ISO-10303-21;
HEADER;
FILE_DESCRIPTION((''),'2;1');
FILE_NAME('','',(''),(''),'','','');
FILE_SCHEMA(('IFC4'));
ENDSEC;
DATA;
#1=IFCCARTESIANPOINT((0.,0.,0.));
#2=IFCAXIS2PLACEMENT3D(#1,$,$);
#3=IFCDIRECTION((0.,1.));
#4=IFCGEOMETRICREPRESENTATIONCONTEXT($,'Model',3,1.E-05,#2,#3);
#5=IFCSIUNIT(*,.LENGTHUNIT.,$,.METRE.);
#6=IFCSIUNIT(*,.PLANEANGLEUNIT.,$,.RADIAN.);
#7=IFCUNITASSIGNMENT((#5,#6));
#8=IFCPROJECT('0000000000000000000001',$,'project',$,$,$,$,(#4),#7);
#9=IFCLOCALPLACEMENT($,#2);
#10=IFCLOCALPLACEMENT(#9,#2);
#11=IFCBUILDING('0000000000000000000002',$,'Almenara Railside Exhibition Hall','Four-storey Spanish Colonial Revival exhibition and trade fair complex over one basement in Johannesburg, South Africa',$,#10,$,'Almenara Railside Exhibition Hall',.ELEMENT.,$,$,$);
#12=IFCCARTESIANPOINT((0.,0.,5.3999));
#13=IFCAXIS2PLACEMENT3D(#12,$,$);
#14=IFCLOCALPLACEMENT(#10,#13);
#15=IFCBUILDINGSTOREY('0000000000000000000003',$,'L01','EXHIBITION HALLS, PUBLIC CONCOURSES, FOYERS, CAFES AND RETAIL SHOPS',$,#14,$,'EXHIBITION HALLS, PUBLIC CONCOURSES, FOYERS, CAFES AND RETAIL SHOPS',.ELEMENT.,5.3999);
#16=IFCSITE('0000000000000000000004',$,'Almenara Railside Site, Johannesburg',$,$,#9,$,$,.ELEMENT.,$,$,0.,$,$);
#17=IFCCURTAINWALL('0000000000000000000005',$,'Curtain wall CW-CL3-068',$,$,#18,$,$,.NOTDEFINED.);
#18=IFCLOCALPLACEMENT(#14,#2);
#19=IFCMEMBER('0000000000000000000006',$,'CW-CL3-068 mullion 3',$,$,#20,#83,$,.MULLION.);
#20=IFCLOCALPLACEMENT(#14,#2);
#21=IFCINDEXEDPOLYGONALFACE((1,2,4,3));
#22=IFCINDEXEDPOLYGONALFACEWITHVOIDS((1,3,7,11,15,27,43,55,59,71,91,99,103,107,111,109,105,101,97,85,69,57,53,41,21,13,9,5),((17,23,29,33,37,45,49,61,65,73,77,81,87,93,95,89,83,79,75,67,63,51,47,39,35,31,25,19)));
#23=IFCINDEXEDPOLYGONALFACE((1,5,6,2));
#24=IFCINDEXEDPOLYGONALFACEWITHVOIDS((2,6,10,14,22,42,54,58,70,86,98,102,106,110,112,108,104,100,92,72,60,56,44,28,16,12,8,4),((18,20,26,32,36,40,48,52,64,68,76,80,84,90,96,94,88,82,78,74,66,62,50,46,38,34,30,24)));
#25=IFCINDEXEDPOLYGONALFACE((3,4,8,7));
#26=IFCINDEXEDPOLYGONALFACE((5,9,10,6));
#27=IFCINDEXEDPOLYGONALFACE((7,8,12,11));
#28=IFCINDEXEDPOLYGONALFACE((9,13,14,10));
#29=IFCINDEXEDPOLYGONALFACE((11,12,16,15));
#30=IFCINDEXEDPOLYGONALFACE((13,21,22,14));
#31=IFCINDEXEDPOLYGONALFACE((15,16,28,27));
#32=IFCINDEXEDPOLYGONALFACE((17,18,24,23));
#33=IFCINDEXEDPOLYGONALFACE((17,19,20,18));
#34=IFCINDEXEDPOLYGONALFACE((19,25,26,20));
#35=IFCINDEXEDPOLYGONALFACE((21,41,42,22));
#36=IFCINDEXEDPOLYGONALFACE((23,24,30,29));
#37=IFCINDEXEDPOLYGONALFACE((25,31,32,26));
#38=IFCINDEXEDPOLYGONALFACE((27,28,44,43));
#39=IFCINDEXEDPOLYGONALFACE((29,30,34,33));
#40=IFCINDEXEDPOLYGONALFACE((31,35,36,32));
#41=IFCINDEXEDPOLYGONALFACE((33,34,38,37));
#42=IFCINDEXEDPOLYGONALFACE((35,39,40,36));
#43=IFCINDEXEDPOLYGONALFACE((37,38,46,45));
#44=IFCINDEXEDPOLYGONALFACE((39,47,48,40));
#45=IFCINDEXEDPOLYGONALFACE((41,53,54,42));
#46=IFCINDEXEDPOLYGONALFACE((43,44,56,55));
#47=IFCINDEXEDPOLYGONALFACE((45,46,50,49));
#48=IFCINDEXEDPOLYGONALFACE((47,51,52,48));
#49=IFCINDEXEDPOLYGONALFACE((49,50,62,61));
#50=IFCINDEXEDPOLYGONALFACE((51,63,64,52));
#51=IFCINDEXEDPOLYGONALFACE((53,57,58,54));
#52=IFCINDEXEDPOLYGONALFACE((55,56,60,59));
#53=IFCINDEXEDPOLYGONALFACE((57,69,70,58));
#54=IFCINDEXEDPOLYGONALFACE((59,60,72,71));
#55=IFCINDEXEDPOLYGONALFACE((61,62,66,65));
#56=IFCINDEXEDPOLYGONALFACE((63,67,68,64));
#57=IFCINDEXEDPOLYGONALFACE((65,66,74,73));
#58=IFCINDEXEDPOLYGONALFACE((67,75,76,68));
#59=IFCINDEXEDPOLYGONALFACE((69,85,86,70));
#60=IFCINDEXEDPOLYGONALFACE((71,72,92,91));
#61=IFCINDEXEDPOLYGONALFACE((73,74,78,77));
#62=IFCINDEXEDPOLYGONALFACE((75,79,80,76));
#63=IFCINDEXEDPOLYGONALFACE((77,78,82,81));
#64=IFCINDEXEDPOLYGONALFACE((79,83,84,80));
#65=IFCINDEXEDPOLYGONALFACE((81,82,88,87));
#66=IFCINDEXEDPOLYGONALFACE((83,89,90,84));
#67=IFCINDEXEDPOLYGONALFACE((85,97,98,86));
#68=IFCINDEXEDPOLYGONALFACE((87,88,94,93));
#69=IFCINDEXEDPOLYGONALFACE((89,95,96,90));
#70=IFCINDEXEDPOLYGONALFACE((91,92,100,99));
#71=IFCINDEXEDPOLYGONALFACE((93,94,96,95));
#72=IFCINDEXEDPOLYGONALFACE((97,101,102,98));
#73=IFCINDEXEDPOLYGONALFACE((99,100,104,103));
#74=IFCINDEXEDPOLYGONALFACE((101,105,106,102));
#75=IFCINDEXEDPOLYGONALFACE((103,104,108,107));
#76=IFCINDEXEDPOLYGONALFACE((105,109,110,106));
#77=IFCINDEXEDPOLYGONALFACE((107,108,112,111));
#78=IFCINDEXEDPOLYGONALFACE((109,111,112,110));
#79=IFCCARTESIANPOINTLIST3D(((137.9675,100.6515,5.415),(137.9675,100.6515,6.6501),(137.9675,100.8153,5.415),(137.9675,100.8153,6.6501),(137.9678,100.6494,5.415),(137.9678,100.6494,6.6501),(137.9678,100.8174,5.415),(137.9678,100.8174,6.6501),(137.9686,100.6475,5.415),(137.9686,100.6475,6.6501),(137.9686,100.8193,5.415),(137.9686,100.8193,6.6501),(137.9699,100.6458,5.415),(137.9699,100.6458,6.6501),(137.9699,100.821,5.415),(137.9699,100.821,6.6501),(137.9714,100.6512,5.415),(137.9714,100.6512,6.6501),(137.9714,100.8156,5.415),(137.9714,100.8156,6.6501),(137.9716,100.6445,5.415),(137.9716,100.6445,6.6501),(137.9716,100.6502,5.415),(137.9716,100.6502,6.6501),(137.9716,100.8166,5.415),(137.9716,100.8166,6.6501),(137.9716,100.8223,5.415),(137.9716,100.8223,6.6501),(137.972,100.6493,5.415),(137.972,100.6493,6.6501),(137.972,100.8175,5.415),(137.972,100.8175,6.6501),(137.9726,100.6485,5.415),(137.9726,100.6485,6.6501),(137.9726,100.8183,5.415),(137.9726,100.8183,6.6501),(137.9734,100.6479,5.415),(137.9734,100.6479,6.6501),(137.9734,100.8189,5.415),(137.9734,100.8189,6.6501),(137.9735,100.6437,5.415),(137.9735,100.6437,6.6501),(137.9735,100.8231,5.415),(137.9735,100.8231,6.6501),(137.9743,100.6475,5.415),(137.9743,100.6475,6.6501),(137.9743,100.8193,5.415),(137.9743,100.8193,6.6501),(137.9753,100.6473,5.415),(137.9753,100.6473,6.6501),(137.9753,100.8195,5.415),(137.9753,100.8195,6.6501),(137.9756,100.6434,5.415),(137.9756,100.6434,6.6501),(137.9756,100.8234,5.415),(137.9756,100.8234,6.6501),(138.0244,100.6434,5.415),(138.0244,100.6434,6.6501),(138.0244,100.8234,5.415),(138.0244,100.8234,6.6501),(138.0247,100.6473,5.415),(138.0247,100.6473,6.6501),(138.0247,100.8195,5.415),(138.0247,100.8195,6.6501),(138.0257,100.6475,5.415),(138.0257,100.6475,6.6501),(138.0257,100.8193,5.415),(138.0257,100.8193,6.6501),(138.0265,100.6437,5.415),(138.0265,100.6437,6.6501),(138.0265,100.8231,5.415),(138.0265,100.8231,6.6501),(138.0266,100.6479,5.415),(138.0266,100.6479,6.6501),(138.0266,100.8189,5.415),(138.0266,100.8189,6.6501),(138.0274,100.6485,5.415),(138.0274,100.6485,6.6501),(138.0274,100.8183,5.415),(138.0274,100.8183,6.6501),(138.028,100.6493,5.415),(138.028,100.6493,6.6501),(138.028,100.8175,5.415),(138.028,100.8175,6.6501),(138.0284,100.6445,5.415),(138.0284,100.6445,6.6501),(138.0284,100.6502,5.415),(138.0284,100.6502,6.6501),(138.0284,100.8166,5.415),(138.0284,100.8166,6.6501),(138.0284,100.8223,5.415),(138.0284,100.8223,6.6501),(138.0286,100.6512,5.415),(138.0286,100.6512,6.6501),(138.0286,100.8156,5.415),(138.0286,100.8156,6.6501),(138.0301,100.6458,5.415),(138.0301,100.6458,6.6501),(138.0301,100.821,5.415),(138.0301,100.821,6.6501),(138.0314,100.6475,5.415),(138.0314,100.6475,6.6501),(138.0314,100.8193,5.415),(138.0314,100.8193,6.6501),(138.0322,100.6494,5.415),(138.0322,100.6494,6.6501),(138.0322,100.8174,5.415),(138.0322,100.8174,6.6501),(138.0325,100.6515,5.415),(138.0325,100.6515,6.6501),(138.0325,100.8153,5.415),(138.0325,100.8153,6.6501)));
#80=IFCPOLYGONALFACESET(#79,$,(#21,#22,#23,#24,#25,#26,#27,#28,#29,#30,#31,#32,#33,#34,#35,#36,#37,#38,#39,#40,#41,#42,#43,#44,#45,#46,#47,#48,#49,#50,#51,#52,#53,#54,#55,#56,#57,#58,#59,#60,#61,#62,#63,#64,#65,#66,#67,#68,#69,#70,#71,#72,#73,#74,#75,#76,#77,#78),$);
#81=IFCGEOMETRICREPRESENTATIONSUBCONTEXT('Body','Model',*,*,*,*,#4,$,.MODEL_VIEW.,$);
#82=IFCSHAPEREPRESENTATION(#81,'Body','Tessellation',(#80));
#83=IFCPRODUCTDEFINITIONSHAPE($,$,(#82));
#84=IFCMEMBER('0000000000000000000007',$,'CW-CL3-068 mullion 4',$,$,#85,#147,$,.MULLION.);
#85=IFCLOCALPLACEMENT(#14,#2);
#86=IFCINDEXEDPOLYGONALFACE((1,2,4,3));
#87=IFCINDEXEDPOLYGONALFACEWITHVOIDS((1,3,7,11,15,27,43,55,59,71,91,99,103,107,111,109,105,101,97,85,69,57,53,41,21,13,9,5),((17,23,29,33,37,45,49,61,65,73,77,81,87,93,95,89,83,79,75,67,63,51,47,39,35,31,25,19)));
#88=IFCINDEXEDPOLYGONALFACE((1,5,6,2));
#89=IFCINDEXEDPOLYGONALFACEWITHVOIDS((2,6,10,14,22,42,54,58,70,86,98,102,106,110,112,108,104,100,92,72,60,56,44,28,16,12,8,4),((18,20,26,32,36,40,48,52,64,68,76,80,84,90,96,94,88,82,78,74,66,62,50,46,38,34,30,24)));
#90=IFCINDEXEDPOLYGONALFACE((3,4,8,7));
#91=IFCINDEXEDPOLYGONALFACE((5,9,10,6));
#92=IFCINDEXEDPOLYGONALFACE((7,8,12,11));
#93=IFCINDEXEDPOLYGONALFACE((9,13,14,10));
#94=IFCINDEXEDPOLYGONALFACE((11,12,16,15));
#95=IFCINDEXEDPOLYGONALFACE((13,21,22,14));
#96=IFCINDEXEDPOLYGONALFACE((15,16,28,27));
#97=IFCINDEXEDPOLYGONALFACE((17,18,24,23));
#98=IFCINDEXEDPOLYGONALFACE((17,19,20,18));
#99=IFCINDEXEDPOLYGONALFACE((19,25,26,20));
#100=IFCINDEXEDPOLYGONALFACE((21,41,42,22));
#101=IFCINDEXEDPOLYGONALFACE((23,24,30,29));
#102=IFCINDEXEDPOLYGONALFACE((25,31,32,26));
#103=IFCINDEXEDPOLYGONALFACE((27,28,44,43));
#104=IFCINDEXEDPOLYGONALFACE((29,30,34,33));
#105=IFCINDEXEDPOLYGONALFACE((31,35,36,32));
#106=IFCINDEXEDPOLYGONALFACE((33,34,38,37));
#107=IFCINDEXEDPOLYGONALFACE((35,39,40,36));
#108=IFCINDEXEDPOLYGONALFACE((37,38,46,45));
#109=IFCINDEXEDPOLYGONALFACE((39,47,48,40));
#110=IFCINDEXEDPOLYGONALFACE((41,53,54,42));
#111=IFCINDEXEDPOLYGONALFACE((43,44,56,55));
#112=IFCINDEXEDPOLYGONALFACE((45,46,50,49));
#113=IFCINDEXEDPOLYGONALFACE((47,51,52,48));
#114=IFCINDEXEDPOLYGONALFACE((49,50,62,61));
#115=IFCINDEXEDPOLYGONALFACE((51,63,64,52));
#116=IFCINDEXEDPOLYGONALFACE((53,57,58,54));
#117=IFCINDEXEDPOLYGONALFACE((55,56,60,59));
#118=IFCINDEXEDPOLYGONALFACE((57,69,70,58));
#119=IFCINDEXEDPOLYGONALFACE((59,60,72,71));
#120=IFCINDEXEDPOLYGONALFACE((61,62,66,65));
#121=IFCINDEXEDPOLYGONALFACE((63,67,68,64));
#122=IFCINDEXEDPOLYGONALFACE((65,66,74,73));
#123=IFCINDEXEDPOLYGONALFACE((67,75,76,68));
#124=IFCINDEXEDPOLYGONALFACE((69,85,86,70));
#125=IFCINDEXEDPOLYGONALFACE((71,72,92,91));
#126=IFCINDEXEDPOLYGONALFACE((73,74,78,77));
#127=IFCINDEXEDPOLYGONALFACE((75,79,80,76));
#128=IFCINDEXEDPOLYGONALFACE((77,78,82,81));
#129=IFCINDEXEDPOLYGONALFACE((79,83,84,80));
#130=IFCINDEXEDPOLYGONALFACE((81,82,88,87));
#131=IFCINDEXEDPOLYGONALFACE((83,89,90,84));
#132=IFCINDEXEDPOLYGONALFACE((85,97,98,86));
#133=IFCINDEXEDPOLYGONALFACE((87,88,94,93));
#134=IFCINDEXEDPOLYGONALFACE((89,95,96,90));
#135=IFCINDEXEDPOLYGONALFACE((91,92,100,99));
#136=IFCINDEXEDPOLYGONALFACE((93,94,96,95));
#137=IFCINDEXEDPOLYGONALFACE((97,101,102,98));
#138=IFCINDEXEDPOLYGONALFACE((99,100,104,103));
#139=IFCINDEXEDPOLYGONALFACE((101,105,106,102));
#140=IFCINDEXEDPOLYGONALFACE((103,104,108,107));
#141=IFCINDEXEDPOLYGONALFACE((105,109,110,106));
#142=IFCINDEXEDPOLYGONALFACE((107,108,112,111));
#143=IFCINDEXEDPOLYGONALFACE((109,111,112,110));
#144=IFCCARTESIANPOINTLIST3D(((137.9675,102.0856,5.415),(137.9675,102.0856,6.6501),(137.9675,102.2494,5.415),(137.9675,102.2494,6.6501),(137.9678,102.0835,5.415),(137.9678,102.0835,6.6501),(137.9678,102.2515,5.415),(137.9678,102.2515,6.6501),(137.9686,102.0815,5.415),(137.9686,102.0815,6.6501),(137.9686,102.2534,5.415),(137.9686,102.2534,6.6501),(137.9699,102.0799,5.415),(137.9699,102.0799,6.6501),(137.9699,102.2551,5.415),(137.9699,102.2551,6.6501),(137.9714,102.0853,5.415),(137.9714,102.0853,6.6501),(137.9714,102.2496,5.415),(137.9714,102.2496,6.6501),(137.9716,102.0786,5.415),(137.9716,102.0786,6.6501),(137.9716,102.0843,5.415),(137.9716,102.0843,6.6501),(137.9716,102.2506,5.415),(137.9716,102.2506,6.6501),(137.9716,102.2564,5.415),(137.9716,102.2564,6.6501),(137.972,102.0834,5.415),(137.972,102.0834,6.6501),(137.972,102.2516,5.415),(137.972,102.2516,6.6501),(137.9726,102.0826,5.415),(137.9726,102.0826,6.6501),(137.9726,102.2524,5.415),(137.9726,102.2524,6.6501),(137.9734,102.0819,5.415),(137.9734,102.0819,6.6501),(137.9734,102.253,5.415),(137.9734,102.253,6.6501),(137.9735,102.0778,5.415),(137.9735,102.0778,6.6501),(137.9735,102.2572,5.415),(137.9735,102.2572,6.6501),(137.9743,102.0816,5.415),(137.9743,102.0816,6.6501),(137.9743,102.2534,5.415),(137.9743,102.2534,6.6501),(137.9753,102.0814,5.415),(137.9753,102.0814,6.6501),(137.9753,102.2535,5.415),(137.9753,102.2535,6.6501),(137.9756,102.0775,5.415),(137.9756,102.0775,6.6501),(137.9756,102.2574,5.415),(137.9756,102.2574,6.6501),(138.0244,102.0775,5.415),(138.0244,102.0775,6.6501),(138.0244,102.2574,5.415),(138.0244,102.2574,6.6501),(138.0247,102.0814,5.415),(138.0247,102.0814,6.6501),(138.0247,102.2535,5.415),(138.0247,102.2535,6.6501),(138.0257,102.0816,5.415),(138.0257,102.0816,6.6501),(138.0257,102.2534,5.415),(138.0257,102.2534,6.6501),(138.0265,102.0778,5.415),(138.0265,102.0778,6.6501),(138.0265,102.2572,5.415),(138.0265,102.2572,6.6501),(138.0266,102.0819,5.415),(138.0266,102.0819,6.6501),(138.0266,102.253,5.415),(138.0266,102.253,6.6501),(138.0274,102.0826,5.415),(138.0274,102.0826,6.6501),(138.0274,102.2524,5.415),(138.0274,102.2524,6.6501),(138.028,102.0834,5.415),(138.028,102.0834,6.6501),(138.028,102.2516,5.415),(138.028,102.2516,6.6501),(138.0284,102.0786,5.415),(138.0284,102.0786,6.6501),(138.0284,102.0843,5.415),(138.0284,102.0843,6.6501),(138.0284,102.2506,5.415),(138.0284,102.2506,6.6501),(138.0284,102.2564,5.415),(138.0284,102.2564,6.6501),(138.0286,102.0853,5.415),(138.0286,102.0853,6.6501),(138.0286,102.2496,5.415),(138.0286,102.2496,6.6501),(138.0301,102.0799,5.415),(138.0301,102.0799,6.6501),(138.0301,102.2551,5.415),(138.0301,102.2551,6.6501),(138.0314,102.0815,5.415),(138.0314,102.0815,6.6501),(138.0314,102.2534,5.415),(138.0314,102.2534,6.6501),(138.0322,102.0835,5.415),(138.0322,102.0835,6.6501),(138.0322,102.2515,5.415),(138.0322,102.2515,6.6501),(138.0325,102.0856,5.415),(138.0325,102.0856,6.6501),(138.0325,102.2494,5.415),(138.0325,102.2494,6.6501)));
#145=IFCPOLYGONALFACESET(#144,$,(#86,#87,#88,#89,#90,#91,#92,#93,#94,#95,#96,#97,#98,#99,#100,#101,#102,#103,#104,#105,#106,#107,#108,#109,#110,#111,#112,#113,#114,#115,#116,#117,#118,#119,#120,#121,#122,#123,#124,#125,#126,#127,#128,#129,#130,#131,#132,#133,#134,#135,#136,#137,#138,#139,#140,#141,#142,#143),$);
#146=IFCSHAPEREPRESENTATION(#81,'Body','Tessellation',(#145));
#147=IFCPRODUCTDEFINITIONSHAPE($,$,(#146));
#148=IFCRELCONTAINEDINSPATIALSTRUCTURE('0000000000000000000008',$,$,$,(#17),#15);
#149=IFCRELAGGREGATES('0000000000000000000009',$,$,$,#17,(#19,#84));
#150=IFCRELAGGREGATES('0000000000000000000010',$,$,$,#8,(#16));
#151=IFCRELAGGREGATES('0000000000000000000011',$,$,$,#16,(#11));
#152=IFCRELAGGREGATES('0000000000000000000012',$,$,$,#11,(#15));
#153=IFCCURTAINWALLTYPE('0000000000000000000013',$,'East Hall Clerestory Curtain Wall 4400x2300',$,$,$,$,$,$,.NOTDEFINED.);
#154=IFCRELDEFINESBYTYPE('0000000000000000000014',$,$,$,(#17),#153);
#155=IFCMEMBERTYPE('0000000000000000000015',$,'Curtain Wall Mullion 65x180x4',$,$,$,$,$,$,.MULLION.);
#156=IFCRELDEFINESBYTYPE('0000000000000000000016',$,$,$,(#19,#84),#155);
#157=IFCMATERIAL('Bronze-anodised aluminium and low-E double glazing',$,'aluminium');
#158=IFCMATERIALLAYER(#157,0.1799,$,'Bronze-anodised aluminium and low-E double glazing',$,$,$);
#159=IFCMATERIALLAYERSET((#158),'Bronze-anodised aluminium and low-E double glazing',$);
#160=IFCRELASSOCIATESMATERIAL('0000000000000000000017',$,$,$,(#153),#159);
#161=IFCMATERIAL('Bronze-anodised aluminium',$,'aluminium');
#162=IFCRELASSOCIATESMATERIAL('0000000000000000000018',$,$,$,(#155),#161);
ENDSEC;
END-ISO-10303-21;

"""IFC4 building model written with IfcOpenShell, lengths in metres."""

from ifc_helpers import new_model, si_unit, direction, frame, origin, origin_2d, place, context, subcontext, project, spatial, hollow_rectangle, extrude, material, layer, layer_set, material_profile, profile_set, type_object, element, aggregate, save


model = new_model("IFC4")

# Units and contexts
model_context = context("Model", 3, precision=1e-05, world=origin(), true_north=direction((0.0, 1.0)))
body_context = subcontext(model_context, "Body", "Model", "MODEL_VIEW")
ifc_project = project(units=[si_unit("LENGTHUNIT", "METRE"), si_unit("PLANEANGLEUNIT", "RADIAN")], contexts=[model_context])

# Site, building, storey
site_placement = place(None, origin())
site = spatial("IfcSite", under=ifc_project, at=site_placement, Name="Almenara Railside Site, Johannesburg", CompositionType="ELEMENT", RefElevation=0.0)
building_placement = place(site_placement, origin())
building = spatial("IfcBuilding", under=site, at=building_placement, Name="Almenara Railside Exhibition Hall", Description="Four-storey Spanish Colonial Revival exhibition and trade fair complex over one basement in Johannesburg, South Africa", LongName="Almenara Railside Exhibition Hall", CompositionType="ELEMENT")
storey_placement = place(building_placement, frame((0.0, 0.0, 5.3999)))
storey = spatial("IfcBuildingStorey", under=building, at=storey_placement, Name="L01", Description="EXHIBITION HALLS, PUBLIC CONCOURSES, FOYERS, CAFES AND RETAIL SHOPS", LongName="EXHIBITION HALLS, PUBLIC CONCOURSES, FOYERS, CAFES AND RETAIL SHOPS", CompositionType="ELEMENT", Elevation=5.3999)

# Curtain wall, members
ifc_material_1 = material(Name="Bronze-anodised aluminium and low-E double glazing", Category="aluminium")
ifc_layer_1 = layer(ifc_material_1, 0.1799, Name="Bronze-anodised aluminium and low-E double glazing")
ifc_layer_set_1 = layer_set([ifc_layer_1], Name="Bronze-anodised aluminium and low-E double glazing")
curtain_wall_type = type_object("IfcCurtainWallType", Name="East Hall Clerestory Curtain Wall 4400x2300", PredefinedType="NOTDEFINED", material=ifc_layer_set_1)
curtain_wall_1_placement = place(storey_placement, origin())
curtain_wall_1 = element("IfcCurtainWall", 1, at=curtain_wall_1_placement, inside=storey, type_object=curtain_wall_type, Name="Curtain wall CW-CL3-068", PredefinedType="NOTDEFINED")
ifc_material_2 = material(Name="Bronze-anodised aluminium", Category="aluminium")
ifc_material_profile_1 = material_profile(ifc_material_2, hollow_rectangle(XDim=0.0649, YDim=0.1799, WallThickness=0.0039, InnerFilletRadius=0.0039, OuterFilletRadius=0.0081, at=origin_2d()), Name="ALU-MUL 65x180x4")
ifc_profile_set_1 = profile_set([ifc_material_profile_1], Name="Bronze-anodised aluminium")
member_type_1 = type_object("IfcMemberType", Name="Curtain Wall Mullion 65x180x4", PredefinedType="MULLION", material=ifc_profile_set_1)
member_1_placement = place(storey_placement, frame((138.0, 100.7334, 5.415), z_axis=(0.0, 0.0, 1.0), x_axis=(-1.0, 0.0, 0.0)))
member_1 = element("IfcMember", 2, at=member_1_placement, type_object=member_type_1, Name="CW-CL3-068 mullion 3", PredefinedType="MULLION", context=body_context, shape_type="SweptSolid", body=[
    extrude(hollow_rectangle(XDim=0.0649, YDim=0.1799, WallThickness=0.0039, InnerFilletRadius=0.0039, OuterFilletRadius=0.0081, at=origin_2d()), origin(), (0.0, 0.0, 1.0), 1.2351),
])
member_2_placement = place(storey_placement, frame((138.0, 102.1675, 5.415), z_axis=(0.0, 0.0, 1.0), x_axis=(-1.0, 0.0, 0.0)))
member_2 = element("IfcMember", 3, at=member_2_placement, type_object=member_type_1, Name="CW-CL3-068 mullion 4", PredefinedType="MULLION", context=body_context, shape_type="SweptSolid", body=[
    extrude(hollow_rectangle(XDim=0.0649, YDim=0.1799, WallThickness=0.0039, InnerFilletRadius=0.0039, OuterFilletRadius=0.0081, at=origin_2d()), origin(), (0.0, 0.0, 1.0), 1.2351),
])

aggregate(curtain_wall_1, [member_1, member_2])

save(model, "model.ifc")
